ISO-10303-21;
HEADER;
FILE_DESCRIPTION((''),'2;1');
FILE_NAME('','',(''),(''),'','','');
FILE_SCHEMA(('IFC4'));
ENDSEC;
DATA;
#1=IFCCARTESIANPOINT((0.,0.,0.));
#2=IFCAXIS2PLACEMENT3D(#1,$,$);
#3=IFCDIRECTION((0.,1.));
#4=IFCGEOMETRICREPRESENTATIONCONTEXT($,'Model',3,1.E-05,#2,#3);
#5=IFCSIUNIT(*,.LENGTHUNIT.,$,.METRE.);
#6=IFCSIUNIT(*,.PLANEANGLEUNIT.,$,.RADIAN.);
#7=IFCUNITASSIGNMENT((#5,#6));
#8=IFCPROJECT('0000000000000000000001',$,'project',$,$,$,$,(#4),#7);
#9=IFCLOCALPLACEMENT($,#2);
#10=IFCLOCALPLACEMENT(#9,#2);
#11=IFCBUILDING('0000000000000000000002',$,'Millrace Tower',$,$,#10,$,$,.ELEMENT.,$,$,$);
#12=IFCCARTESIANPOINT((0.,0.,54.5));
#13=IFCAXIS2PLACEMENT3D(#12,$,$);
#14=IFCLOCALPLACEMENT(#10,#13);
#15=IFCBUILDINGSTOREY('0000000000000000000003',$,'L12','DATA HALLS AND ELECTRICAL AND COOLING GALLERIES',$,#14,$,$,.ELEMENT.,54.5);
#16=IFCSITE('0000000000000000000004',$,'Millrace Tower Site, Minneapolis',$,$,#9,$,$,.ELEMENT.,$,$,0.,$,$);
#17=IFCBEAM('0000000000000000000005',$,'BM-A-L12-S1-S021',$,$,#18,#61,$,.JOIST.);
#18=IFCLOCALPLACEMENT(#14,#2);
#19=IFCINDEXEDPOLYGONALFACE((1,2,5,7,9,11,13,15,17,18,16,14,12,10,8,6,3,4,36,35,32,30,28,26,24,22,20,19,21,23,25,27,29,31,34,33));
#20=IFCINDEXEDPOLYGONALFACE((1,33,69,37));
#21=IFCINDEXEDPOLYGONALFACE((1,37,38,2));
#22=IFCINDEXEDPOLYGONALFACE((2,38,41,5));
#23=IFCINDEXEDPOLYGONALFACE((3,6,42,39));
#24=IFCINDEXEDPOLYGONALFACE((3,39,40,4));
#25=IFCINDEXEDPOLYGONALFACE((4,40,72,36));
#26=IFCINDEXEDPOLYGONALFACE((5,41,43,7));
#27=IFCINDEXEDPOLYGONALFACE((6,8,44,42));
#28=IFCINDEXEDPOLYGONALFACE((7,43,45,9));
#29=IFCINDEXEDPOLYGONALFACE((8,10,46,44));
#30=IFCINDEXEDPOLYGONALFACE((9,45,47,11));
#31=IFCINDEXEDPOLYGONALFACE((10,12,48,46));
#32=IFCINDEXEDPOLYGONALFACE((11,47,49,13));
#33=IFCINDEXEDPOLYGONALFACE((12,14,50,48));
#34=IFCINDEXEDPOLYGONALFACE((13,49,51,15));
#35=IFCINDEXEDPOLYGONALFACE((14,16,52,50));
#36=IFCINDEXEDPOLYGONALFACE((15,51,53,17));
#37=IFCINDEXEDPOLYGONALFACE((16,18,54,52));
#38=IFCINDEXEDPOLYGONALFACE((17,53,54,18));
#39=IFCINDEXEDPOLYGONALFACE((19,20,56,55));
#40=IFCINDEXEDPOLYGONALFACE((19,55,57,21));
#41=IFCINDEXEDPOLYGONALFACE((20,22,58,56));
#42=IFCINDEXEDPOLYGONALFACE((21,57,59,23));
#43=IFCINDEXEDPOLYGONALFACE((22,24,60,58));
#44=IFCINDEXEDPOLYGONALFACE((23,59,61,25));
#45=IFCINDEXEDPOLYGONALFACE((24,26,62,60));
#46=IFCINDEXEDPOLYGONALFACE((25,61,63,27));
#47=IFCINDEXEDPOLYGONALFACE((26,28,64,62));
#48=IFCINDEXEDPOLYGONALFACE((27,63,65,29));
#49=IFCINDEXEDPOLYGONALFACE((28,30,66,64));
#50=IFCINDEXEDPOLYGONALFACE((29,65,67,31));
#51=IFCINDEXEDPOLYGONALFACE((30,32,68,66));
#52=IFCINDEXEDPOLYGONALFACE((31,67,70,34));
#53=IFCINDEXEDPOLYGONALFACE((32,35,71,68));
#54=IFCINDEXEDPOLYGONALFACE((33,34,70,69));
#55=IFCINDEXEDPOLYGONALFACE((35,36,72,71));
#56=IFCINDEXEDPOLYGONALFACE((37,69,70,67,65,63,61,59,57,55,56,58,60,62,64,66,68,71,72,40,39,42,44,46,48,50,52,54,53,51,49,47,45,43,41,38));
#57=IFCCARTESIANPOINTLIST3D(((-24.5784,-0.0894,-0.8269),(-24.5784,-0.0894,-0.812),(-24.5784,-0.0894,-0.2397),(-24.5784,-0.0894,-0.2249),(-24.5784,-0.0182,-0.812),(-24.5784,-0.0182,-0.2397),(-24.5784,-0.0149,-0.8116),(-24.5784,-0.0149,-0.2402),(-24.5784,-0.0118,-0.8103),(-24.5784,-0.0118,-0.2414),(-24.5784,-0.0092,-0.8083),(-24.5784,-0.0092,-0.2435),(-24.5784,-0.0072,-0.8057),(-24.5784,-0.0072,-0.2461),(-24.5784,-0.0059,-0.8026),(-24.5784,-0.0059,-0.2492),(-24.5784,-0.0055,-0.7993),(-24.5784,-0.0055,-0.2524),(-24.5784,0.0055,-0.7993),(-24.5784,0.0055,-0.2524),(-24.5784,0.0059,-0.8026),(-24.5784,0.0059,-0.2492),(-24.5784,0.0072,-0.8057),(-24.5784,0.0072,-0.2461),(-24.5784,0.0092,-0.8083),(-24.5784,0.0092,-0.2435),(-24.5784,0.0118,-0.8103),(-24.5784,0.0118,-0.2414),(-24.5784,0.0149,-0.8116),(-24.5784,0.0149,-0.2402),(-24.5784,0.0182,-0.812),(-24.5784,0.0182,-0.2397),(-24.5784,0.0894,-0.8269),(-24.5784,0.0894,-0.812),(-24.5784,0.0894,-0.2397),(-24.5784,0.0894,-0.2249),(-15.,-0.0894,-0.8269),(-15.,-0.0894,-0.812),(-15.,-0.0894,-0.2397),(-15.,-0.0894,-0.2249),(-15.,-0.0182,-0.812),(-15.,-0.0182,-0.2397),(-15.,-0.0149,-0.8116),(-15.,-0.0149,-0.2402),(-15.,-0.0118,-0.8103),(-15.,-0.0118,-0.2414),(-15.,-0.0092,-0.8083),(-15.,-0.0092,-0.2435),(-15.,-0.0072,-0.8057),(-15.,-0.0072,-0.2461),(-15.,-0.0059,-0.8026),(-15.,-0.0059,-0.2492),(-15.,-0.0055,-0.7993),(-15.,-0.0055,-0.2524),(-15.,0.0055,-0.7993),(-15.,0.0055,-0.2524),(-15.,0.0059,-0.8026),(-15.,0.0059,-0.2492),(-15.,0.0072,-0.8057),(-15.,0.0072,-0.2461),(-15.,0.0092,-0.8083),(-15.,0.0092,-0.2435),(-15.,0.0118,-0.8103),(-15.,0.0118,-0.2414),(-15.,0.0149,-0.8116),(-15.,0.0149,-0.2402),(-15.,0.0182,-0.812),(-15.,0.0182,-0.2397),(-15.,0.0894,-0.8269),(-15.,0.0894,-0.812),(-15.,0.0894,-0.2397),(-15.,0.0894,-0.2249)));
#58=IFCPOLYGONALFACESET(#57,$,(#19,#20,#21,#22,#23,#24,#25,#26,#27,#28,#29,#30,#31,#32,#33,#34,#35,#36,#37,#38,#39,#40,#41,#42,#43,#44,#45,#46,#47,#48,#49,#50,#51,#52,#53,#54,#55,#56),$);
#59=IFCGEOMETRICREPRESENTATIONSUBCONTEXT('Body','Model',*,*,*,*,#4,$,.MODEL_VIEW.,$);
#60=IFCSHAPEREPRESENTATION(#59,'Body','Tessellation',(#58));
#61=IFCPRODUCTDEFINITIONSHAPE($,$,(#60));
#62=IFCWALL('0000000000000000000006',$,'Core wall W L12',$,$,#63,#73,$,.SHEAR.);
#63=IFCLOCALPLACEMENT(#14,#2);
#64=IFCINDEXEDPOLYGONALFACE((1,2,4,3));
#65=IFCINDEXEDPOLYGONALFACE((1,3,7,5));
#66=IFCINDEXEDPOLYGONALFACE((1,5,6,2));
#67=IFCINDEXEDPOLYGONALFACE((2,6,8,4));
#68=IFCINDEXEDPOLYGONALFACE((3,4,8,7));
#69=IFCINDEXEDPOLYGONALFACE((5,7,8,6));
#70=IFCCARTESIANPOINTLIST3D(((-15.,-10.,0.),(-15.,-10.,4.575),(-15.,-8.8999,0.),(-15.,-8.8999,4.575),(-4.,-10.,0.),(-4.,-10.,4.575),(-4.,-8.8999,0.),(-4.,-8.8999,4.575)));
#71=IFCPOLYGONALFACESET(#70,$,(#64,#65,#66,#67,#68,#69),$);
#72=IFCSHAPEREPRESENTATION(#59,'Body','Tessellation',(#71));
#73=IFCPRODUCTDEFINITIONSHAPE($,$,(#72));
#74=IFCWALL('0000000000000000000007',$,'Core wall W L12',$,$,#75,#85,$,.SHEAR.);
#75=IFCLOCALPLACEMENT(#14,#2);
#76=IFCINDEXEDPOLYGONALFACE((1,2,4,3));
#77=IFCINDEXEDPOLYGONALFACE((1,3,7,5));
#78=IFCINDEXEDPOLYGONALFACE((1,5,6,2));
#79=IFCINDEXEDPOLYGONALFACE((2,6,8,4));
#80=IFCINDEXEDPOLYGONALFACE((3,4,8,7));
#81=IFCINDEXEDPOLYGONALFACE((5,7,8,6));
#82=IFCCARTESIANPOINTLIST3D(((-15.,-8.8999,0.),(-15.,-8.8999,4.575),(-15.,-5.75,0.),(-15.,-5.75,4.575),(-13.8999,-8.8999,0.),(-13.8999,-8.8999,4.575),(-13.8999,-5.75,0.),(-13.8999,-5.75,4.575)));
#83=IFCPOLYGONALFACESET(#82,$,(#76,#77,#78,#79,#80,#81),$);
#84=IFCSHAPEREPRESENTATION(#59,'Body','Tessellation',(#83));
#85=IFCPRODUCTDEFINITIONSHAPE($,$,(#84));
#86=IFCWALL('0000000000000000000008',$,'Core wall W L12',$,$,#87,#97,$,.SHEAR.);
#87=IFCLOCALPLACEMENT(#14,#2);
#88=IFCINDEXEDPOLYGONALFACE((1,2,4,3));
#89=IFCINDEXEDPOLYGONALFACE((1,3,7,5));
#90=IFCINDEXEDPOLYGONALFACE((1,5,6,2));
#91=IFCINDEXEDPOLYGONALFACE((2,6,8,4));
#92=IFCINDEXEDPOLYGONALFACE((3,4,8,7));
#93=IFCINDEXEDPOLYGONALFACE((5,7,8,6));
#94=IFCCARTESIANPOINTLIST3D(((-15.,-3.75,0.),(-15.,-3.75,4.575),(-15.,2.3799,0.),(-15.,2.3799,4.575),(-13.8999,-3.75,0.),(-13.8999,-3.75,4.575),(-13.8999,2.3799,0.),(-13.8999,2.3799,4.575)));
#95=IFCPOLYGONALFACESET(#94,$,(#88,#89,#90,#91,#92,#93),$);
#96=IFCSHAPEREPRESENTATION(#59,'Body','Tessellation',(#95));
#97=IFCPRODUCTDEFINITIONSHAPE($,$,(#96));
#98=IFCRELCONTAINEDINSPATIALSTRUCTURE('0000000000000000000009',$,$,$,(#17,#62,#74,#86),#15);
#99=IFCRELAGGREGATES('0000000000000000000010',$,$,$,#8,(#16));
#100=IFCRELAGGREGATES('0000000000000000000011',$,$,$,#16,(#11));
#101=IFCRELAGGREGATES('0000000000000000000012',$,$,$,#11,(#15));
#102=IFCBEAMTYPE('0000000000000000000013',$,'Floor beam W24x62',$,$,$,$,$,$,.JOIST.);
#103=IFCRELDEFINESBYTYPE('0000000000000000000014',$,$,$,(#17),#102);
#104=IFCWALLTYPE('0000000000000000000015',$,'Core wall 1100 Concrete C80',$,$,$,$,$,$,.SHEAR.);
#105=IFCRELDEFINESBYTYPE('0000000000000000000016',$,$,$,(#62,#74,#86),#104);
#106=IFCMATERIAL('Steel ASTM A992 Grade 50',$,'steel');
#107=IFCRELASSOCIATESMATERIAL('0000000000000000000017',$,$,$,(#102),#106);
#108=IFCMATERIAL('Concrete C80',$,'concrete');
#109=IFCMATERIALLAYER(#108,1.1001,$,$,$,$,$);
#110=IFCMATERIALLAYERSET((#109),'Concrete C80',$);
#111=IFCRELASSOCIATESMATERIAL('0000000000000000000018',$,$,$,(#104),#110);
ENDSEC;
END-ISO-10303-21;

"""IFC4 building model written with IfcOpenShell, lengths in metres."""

from ifc_helpers import new_model, si_unit, direction, frame, frame_2d, origin, origin_2d, place, context, subcontext, project, spatial, rectangle, i_section, extrude, material, layer, layer_set, material_profile, profile_set, type_object, element, save


model = new_model("IFC4")

# Units and contexts
model_context = context("Model", 3, precision=1e-05, world=origin(), true_north=direction((0.0, 1.0)))
body_context = subcontext(model_context, "Body", "Model", "MODEL_VIEW")
ifc_project = project(units=[si_unit("LENGTHUNIT", "METRE"), si_unit("PLANEANGLEUNIT", "RADIAN")], contexts=[model_context])

# Site, building, storey
site_placement = place(None, origin())
site = spatial("IfcSite", under=ifc_project, at=site_placement, Name="Millrace Tower Site, Minneapolis", CompositionType="ELEMENT", RefElevation=0.0)
building_placement = place(site_placement, origin())
building = spatial("IfcBuilding", under=site, at=building_placement, Name="Millrace Tower", CompositionType="ELEMENT")
storey_placement = place(building_placement, frame((0.0, 0.0, 54.5)))
storey = spatial("IfcBuildingStorey", under=building, at=storey_placement, Name="L12", Description="DATA HALLS AND ELECTRICAL AND COOLING GALLERIES", CompositionType="ELEMENT", Elevation=54.5)

# Beam
ifc_material_1 = material(Name="Steel ASTM A992 Grade 50", Category="steel")
ifc_material_profile_1 = material_profile(ifc_material_1, i_section(OverallWidth=0.1787, OverallDepth=0.6021, WebThickness=0.011, FlangeThickness=0.0149, FilletRadius=0.0127, at=origin_2d()))
ifc_profile_set_1 = profile_set([ifc_material_profile_1], Name="Steel ASTM A992 Grade 50")
beam_type_1 = type_object("IfcBeamType", Name="Floor beam W24x62", PredefinedType="JOIST", material=ifc_profile_set_1)
for number, where, z_axis, x_axis, name in (
    (1, (-24.5784, 0.0, -0.5259), (1.0, 0.0, 0.0), (0.0, 1.0, 0.0), "BM-A-L12-S1-S021"),
):
    element("IfcBeam", number, at=place(storey_placement, frame(where, z_axis=z_axis, x_axis=x_axis)), inside=storey, type_object=beam_type_1, Name=name, PredefinedType="JOIST", context=body_context, shape_type="SweptSolid", body=[
        extrude(i_section(OverallWidth=0.1787, OverallDepth=0.6021, WebThickness=0.011, FlangeThickness=0.0149, FilletRadius=0.0127, at=origin_2d()), origin(), (0.0, 0.0, 1.0), 9.5784),
    ])

# Walls
ifc_material_2 = material(Name="Concrete C80", Category="concrete")
ifc_layer_1 = layer(ifc_material_2, 1.1001)
ifc_layer_set_1 = layer_set([ifc_layer_1], Name="Concrete C80")
wall_type_1 = type_object("IfcWallType", Name="Core wall 1100 Concrete C80", PredefinedType="SHEAR", material=ifc_layer_set_1)
wall_1_placement = place(storey_placement, frame((-15.0, -9.45, 0.0), z_axis=(0.0, 0.0, 1.0), x_axis=(1.0, 0.0, 0.0)))
element("IfcWall", 2, at=wall_1_placement, inside=storey, type_object=wall_type_1, Name="Core wall W L12", PredefinedType="SHEAR", context=body_context, shape_type="SweptSolid", body=[
    extrude(rectangle(XDim=11.0, YDim=1.1001, at=frame_2d((5.5, 0.0))), origin(), (0.0, 0.0, 1.0), 4.575),
])
wall_2_placement = place(storey_placement, frame((-14.45, -8.8999, 0.0), z_axis=(0.0, 0.0, 1.0), x_axis=(0.0, 1.0, 0.0)))
element("IfcWall", 3, at=wall_2_placement, inside=storey, type_object=wall_type_1, Name="Core wall W L12", PredefinedType="SHEAR", context=body_context, shape_type="SweptSolid", body=[
    extrude(rectangle(XDim=3.1499, YDim=1.1001, at=frame_2d((1.575, 0.0))), origin(), (0.0, 0.0, 1.0), 4.575),
])
wall_3_placement = place(storey_placement, frame((-14.45, -3.75, 0.0), z_axis=(0.0, 0.0, 1.0), x_axis=(0.0, 1.0, 0.0)))
element("IfcWall", 4, at=wall_3_placement, inside=storey, type_object=wall_type_1, Name="Core wall W L12", PredefinedType="SHEAR", context=body_context, shape_type="SweptSolid", body=[
    extrude(rectangle(XDim=6.1299, YDim=1.1001, at=frame_2d((3.0649, 0.0))), origin(), (0.0, 0.0, 1.0), 4.575),
])

save(model, "model.ifc")
